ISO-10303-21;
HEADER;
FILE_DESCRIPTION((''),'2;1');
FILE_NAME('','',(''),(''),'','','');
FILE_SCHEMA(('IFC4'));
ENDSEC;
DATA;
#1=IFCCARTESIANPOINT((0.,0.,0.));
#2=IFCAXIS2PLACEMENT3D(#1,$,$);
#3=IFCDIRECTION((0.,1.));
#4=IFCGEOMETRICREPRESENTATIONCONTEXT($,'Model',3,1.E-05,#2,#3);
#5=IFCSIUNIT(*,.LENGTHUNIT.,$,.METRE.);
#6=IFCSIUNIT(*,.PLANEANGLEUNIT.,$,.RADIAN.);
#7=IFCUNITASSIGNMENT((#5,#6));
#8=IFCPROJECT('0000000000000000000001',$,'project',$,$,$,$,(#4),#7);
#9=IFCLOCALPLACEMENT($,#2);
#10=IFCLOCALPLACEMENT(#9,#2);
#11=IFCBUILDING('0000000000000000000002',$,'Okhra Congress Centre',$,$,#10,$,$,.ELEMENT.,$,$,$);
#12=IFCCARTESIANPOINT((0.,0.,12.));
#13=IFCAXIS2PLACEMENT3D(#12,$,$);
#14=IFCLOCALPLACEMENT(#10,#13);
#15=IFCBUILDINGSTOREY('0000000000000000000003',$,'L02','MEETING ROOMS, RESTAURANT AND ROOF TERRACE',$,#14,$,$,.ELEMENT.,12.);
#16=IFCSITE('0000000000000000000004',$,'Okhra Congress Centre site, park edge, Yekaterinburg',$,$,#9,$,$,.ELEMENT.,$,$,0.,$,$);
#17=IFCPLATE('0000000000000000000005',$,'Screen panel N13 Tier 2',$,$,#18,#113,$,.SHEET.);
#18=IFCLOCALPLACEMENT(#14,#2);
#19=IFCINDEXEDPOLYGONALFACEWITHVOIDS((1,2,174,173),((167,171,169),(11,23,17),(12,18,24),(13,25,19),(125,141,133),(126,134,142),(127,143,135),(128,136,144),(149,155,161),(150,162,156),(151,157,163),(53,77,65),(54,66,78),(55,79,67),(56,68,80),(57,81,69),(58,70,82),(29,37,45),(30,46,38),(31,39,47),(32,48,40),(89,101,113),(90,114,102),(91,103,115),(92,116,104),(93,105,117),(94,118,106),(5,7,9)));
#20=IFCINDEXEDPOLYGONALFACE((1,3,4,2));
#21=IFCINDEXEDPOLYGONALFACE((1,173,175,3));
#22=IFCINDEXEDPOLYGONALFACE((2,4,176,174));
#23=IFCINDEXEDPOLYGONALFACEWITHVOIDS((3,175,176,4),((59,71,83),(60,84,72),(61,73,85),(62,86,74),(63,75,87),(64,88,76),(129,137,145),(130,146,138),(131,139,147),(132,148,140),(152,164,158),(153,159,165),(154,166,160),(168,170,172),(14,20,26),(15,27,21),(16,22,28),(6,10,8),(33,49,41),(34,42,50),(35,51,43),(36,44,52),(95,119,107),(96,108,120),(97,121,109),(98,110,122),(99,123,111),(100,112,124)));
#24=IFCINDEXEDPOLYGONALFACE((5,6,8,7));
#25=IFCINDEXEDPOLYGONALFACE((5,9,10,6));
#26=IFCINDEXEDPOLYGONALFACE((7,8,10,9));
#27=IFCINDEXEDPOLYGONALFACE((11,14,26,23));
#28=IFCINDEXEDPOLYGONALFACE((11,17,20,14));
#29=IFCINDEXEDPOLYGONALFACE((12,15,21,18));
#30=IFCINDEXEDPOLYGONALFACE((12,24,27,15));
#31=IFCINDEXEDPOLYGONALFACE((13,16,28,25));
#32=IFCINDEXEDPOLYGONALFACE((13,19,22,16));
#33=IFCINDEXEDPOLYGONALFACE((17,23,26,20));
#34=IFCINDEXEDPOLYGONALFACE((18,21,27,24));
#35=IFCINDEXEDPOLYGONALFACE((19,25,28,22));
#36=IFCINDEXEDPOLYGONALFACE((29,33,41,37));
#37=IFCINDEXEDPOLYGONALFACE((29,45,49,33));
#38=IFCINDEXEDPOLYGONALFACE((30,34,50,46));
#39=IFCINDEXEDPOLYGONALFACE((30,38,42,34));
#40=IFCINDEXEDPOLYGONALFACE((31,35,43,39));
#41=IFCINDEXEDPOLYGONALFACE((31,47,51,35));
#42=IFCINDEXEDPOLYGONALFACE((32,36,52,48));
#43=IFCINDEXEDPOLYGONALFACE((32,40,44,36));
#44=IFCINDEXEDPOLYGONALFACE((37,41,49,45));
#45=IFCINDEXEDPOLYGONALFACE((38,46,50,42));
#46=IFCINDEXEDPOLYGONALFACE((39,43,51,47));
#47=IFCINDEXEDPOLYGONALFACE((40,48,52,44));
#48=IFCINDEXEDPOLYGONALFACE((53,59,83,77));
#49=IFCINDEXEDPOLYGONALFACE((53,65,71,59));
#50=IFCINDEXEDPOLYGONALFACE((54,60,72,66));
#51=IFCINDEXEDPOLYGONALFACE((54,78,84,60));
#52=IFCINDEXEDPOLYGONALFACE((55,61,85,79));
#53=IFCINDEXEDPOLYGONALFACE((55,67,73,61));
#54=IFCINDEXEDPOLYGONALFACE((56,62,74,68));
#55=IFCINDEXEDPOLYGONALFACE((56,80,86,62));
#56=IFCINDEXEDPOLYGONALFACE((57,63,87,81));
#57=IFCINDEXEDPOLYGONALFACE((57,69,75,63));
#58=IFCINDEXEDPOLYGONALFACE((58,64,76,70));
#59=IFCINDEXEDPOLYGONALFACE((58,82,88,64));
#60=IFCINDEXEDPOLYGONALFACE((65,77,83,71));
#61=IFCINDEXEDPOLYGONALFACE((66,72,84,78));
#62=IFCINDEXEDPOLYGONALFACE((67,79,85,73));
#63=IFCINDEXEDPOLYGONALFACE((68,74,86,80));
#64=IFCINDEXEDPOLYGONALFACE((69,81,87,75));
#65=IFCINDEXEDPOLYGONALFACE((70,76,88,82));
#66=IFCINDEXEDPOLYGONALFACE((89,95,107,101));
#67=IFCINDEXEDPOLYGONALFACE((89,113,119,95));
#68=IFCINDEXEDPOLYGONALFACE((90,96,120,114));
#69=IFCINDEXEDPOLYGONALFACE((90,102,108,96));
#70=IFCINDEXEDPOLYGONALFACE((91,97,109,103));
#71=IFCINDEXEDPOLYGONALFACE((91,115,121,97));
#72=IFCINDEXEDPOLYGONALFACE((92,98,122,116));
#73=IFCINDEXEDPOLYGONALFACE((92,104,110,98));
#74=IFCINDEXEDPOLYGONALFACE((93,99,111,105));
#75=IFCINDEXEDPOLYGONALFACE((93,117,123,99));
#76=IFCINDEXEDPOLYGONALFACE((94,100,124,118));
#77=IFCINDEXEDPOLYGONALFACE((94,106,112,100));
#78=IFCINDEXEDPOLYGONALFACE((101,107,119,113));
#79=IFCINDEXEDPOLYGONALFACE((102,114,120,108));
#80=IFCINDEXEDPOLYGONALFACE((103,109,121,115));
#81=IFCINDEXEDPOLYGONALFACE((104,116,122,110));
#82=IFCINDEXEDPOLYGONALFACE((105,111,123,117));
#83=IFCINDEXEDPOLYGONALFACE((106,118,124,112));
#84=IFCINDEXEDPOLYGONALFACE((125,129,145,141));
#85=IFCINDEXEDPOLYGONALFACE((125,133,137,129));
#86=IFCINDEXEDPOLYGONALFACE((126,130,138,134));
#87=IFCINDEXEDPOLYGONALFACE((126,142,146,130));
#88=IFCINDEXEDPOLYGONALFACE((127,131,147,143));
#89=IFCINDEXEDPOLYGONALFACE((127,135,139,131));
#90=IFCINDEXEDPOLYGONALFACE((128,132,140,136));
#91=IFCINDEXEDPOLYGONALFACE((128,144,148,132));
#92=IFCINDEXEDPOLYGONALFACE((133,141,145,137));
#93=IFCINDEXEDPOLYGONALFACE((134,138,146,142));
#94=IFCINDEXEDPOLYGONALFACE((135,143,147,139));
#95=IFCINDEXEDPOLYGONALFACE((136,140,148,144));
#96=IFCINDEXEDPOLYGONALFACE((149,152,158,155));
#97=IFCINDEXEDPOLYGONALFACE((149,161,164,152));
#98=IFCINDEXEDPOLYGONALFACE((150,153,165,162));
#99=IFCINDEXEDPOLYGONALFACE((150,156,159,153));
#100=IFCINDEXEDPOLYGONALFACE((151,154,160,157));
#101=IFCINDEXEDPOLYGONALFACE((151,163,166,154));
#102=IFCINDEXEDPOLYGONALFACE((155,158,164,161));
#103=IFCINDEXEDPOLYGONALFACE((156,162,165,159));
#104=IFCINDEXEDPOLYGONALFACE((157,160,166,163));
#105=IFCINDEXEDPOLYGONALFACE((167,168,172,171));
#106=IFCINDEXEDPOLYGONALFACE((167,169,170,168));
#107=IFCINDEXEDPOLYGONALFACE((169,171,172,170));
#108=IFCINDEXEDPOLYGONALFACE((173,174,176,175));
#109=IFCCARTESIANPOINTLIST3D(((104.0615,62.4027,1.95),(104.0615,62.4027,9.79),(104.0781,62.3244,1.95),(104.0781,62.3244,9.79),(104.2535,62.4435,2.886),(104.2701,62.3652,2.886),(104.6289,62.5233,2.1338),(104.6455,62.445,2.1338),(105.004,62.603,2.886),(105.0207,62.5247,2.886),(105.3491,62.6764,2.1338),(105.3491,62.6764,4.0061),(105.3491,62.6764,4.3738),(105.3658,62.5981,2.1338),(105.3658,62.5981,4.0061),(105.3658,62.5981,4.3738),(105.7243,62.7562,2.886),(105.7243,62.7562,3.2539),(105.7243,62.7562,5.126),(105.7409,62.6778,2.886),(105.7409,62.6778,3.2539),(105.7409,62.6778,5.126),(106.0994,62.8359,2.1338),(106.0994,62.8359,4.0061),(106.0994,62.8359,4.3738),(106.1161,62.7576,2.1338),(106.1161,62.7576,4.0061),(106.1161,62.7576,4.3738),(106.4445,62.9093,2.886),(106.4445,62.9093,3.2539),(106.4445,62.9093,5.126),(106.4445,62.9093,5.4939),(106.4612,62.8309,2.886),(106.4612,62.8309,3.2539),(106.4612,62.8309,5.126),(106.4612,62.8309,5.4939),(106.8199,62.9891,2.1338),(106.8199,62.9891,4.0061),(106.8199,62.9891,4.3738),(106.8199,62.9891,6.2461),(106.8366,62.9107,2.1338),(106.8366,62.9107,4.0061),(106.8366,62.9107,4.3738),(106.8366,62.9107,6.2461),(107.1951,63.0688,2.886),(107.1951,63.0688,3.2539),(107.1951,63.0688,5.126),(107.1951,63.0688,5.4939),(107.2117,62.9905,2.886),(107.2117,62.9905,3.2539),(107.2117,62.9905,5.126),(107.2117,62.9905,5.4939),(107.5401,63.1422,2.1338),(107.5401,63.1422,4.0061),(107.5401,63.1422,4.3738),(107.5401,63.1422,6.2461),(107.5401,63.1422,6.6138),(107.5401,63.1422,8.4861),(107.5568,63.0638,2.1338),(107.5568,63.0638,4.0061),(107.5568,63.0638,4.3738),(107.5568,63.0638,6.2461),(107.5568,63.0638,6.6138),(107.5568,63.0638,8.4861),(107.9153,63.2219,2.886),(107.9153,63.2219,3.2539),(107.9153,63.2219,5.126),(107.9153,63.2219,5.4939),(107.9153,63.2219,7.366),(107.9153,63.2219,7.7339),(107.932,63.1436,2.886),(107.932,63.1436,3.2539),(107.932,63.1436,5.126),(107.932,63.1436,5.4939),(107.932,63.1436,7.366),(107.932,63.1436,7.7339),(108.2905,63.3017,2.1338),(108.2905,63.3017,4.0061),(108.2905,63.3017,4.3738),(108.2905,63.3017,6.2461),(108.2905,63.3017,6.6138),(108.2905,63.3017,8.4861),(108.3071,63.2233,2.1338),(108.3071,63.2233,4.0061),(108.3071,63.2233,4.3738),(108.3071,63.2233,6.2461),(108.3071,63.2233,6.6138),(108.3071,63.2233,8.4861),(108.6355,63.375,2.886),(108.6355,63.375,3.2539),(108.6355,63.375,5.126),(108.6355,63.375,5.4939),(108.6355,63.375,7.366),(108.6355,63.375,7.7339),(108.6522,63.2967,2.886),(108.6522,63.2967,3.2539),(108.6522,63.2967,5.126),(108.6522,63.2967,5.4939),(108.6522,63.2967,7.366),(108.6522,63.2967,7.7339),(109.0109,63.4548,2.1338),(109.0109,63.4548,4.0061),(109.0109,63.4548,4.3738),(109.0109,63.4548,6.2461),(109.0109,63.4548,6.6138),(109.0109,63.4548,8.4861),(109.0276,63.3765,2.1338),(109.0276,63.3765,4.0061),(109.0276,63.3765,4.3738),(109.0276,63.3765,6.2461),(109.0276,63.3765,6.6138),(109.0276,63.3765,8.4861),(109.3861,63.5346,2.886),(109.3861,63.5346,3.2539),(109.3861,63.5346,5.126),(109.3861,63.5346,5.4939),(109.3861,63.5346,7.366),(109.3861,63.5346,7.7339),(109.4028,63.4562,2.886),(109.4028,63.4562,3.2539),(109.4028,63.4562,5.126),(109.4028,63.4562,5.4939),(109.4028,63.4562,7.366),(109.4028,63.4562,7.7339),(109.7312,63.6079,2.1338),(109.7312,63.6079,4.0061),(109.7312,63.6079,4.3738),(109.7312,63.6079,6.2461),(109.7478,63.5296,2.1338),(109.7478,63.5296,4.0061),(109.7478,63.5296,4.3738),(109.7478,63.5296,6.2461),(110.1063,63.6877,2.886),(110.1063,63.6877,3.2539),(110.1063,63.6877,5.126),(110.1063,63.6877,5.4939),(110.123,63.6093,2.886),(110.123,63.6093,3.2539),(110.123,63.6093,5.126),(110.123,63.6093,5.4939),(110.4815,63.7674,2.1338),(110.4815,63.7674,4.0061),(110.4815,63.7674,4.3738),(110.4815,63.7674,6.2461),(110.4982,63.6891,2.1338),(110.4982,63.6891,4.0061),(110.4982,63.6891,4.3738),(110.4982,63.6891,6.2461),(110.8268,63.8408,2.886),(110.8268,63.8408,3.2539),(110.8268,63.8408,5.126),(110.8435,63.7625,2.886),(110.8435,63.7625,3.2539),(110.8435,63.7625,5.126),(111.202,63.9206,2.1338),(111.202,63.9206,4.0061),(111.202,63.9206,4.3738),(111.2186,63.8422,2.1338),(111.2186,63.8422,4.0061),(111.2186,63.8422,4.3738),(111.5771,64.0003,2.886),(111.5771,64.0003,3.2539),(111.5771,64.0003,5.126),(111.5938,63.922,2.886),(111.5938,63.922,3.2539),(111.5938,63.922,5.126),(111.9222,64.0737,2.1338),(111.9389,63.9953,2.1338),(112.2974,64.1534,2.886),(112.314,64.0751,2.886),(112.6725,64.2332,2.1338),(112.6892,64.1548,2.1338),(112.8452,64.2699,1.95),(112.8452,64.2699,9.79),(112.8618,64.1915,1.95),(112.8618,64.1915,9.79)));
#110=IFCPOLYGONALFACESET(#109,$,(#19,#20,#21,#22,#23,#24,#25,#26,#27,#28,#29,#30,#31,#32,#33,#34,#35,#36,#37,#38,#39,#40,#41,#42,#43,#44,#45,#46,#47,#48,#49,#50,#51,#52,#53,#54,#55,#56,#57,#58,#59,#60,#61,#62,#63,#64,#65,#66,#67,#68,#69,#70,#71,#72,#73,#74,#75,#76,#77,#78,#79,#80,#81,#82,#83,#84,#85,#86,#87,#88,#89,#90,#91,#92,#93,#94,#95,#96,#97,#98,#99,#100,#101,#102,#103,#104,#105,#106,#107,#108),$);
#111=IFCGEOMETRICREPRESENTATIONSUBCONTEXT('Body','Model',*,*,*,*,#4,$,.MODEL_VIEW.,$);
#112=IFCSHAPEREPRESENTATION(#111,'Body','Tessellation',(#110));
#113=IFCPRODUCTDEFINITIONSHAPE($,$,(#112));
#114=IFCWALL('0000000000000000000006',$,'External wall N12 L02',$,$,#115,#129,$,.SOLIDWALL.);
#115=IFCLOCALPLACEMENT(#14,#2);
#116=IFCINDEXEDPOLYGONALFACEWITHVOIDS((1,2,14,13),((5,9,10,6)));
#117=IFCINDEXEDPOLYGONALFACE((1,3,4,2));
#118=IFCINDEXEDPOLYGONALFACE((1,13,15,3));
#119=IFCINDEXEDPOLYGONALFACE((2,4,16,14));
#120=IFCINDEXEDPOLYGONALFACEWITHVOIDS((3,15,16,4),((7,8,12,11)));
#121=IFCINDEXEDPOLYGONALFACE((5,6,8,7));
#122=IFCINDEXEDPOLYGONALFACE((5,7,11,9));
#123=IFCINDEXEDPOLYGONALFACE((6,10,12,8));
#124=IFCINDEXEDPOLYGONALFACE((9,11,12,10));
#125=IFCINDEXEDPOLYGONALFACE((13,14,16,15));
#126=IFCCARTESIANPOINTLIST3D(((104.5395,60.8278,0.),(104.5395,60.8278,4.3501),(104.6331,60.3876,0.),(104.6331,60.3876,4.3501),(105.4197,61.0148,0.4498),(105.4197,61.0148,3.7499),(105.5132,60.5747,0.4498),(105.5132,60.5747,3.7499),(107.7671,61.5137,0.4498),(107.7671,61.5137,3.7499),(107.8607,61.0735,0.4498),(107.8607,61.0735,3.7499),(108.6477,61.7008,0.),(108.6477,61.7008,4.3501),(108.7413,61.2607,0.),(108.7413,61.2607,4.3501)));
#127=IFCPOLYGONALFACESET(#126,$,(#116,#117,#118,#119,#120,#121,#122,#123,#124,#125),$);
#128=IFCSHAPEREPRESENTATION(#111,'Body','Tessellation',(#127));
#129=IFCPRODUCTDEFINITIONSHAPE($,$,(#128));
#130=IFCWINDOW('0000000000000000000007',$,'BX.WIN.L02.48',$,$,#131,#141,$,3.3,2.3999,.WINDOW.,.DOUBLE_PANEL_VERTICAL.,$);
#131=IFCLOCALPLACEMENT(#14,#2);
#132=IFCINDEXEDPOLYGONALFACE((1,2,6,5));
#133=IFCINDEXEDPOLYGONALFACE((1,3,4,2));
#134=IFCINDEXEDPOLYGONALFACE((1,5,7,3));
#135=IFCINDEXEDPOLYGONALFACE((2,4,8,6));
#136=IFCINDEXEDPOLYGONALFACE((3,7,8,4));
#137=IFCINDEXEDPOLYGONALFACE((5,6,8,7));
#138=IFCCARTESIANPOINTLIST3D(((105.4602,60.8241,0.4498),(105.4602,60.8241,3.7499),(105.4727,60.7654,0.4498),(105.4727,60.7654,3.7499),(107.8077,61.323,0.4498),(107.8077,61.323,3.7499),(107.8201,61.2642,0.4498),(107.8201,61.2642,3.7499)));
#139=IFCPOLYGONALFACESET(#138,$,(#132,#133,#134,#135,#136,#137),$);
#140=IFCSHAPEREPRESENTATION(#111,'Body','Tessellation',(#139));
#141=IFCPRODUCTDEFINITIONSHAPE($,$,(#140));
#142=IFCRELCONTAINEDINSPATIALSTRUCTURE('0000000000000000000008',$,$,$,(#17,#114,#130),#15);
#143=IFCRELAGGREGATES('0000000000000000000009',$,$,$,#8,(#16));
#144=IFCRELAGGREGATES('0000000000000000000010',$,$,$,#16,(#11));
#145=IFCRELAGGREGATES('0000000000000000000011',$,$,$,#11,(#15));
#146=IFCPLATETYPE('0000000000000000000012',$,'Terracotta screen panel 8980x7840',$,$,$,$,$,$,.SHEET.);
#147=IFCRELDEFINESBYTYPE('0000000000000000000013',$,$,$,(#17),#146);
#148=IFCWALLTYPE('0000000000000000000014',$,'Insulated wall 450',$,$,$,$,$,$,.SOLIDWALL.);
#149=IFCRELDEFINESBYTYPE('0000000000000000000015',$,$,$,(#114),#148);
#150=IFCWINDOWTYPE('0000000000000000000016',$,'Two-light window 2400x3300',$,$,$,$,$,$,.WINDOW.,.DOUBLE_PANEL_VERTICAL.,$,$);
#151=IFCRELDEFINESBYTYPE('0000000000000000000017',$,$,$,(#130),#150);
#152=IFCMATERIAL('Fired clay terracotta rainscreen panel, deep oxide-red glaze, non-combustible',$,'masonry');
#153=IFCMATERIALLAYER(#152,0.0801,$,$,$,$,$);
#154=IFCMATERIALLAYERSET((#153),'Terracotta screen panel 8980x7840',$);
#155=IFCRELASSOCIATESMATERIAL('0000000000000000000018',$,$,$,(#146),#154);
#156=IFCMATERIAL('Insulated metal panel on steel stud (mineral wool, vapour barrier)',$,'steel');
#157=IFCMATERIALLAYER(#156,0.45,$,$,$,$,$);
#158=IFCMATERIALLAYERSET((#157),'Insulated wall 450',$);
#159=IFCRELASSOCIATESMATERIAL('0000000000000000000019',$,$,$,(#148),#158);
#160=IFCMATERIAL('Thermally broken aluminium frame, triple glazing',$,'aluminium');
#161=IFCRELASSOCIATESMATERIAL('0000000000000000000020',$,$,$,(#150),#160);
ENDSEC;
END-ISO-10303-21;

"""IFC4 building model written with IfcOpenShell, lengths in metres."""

from ifc_helpers import new_model, si_unit, direction, frame, frame_2d, origin, place, context, subcontext, project, spatial, polyline, rectangle, outline, extrude, material, layer, layer_set, type_object, element, fill, save


model = new_model("IFC4")

# Units and contexts
model_context = context("Model", 3, precision=1e-05, world=origin(), true_north=direction((0.0, 1.0)))
body_context = subcontext(model_context, "Body", "Model", "MODEL_VIEW")
ifc_project = project(units=[si_unit("LENGTHUNIT", "METRE"), si_unit("PLANEANGLEUNIT", "RADIAN")], contexts=[model_context])

# Site, building, storey
site_placement = place(None, origin())
site = spatial("IfcSite", under=ifc_project, at=site_placement, Name="Okhra Congress Centre site, park edge, Yekaterinburg", CompositionType="ELEMENT", RefElevation=0.0)
building_placement = place(site_placement, origin())
building = spatial("IfcBuilding", under=site, at=building_placement, Name="Okhra Congress Centre", CompositionType="ELEMENT")
storey_placement = place(building_placement, frame((0.0, 0.0, 12.0)))
storey = spatial("IfcBuildingStorey", under=building, at=storey_placement, Name="L02", Description="MEETING ROOMS, RESTAURANT AND ROOF TERRACE", CompositionType="ELEMENT", Elevation=12.0)

# Plate
ifc_material_1 = material(Name="Fired clay terracotta rainscreen panel, deep oxide-red glaze, non-combustible", Category="masonry")
ifc_layer_1 = layer(ifc_material_1, 0.0801)
ifc_layer_set_1 = layer_set([ifc_layer_1], Name="Terracotta screen panel 8980x7840")
plate_type = type_object("IfcPlateType", Name="Terracotta screen panel 8980x7840", PredefinedType="SHEET", material=ifc_layer_set_1)
plate_placement = place(storey_placement, frame((112.8535, 64.2307, 1.95), z_axis=(0.0, 0.0, 1.0), x_axis=(-0.978144, -0.207928, 0.0)))
element("IfcPlate", 1, at=plate_placement, inside=storey, type_object=plate_type, Name="Screen panel N13 Tier 2", PredefinedType="SHEET", context=body_context, shape_type="SweptSolid", body=[
    extrude(outline(polyline([(0.0, 0.0), (8.98, 0.0), (8.98, 7.8401), (0.0, 7.8401), (0.0, 0.0)]), holes=[polyline([(0.1765, 0.1838), (0.9436, 0.1838), (0.5601, 0.936), (0.1765, 0.1838)]), polyline([(1.2964, 0.936), (1.6799, 0.1838), (2.0635, 0.936), (1.2964, 0.936)]), polyline([(2.4165, 0.1838), (3.1836, 0.1838), (2.8, 0.936), (2.4165, 0.1838)]), polyline([(3.5364, 0.936), (3.9199, 0.1838), (4.3037, 0.936), (3.5364, 0.936)]), polyline([(4.6565, 0.1838), (5.4236, 0.1838), (5.04, 0.936), (4.6565, 0.1838)]), polyline([(5.7764, 0.936), (6.1599, 0.1838), (6.5437, 0.936), (5.7764, 0.936)]), polyline([(6.8965, 0.1838), (7.6636, 0.1838), (7.28, 0.936), (6.8965, 0.1838)]), polyline([(8.0164, 0.936), (8.3999, 0.1838), (8.7837, 0.936), (8.0164, 0.936)]), polyline([(1.2964, 1.304), (2.0635, 1.304), (1.6799, 2.0562), (1.2964, 1.304)]), polyline([(2.4165, 2.0562), (2.8, 1.304), (3.1836, 2.0562), (2.4165, 2.0562)]), polyline([(3.5364, 1.304), (4.3037, 1.304), (3.9199, 2.0562), (3.5364, 1.304)]), polyline([(4.6565, 2.0562), (5.04, 1.304), (5.4236, 2.0562), (4.6565, 2.0562)]), polyline([(5.7764, 1.304), (6.5437, 1.304), (6.1599, 2.0562), (5.7764, 1.304)]), polyline([(6.8965, 2.0562), (7.28, 1.304), (7.6636, 2.0562), (6.8965, 2.0562)]), polyline([(1.2964, 3.176), (1.6799, 2.4238), (2.0635, 3.176), (1.2964, 3.176)]), polyline([(2.4165, 2.4238), (3.1836, 2.4238), (2.8, 3.176), (2.4165, 2.4238)]), polyline([(3.5364, 3.176), (3.9199, 2.4238), (4.3037, 3.176), (3.5364, 3.176)]), polyline([(4.6565, 2.4238), (5.4236, 2.4238), (5.04, 3.176), (4.6565, 2.4238)]), polyline([(5.7764, 3.176), (6.1599, 2.4238), (6.5437, 3.176), (5.7764, 3.176)]), polyline([(6.8965, 2.4238), (7.6636, 2.4238), (7.28, 3.176), (6.8965, 2.4238)]), polyline([(2.4165, 4.2961), (2.8, 3.5439), (3.1836, 4.2961), (2.4165, 4.2961)]), polyline([(3.5364, 3.5439), (4.3037, 3.5439), (3.9199, 4.2961), (3.5364, 3.5439)]), polyline([(4.6565, 4.2961), (5.04, 3.5439), (5.4236, 4.2961), (4.6565, 4.2961)]), polyline([(5.7764, 3.5439), (6.5437, 3.5439), (6.1599, 4.2961), (5.7764, 3.5439)]), polyline([(3.5364, 5.416), (3.9199, 4.6638), (4.3037, 5.416), (3.5364, 5.416)]), polyline([(4.6565, 4.6638), (5.4236, 4.6638), (5.04, 5.416), (4.6565, 4.6638)]), polyline([(3.5364, 5.7839), (4.3037, 5.7839), (3.9199, 6.5361), (3.5364, 5.7839)]), polyline([(4.6565, 6.5361), (5.04, 5.7839), (5.4236, 6.5361), (4.6565, 6.5361)])]), frame((0.0, 0.04, 0.0), z_axis=(0.0, -1.0, 0.0), x_axis=(1.0, 0.0, 0.0)), (0.0, 0.0, 1.0), 0.0801),
])

# Wall, opening, window
ifc_material_2 = material(Name="Insulated metal panel on steel stud (mineral wool, vapour barrier)", Category="steel")
ifc_layer_2 = layer(ifc_material_2, 0.45)
ifc_layer_set_2 = layer_set([ifc_layer_2], Name="Insulated wall 450")
wall_type_1 = type_object("IfcWallType", Name="Insulated wall 450", PredefinedType="SOLIDWALL", material=ifc_layer_set_2)
wall_1_placement = place(storey_placement, frame((104.5862, 60.6077, 0.0), z_axis=(0.0, 0.0, 1.0), x_axis=(0.978156, 0.207873, 0.0)))
wall_1 = element("IfcWall", 2, at=wall_1_placement, inside=storey, type_object=wall_type_1, Name="External wall N12 L02", PredefinedType="SOLIDWALL", context=body_context, shape_type="SweptSolid", body=[
    extrude(rectangle(XDim=4.2, YDim=0.45, at=frame_2d((2.1001, 0.0))), origin(), (0.0, 0.0, 1.0), 4.3501),
])
opening_1_placement = place(wall_1_placement, frame((0.8999, 0.0, 0.45)))
opening_1 = element("IfcOpeningElement", 3, at=opening_1_placement, cuts=wall_1, PredefinedType="OPENING", context=body_context, shape_type="SweptSolid", body=[
    extrude(rectangle(XDim=2.3999, YDim=3.3, at=frame_2d((1.2, 1.6499))), frame((0.0, 0.2349, 0.0), z_axis=(0.0, -1.0, 0.0), x_axis=(1.0, 0.0, 0.0)), (0.0, 0.0, 1.0), 0.47),
])
ifc_material_3 = material(Name="Thermally broken aluminium frame, triple glazing", Category="aluminium")
window_type_1 = type_object("IfcWindowType", Name="Two-light window 2400x3300", PartitioningType="DOUBLE_PANEL_VERTICAL", PredefinedType="WINDOW", material=ifc_material_3)
window_1_placement = place(opening_1_placement, origin())
window_1 = element("IfcWindow", 4, at=window_1_placement, inside=storey, type_object=window_type_1, Name="BX.WIN.L02.48", OverallHeight=3.3, OverallWidth=2.3999, PartitioningType="DOUBLE_PANEL_VERTICAL", PredefinedType="WINDOW", context=body_context, shape_type="SweptSolid", body=[
    extrude(rectangle(XDim=2.3999, YDim=3.3, at=frame_2d((1.2, 1.6499))), frame((0.0, 0.03, 0.0), z_axis=(0.0, -1.0, 0.0), x_axis=(1.0, 0.0, 0.0)), (0.0, 0.0, 1.0), 0.0601),
])
fill(opening_1, window_1)

save(model, "model.ifc")
